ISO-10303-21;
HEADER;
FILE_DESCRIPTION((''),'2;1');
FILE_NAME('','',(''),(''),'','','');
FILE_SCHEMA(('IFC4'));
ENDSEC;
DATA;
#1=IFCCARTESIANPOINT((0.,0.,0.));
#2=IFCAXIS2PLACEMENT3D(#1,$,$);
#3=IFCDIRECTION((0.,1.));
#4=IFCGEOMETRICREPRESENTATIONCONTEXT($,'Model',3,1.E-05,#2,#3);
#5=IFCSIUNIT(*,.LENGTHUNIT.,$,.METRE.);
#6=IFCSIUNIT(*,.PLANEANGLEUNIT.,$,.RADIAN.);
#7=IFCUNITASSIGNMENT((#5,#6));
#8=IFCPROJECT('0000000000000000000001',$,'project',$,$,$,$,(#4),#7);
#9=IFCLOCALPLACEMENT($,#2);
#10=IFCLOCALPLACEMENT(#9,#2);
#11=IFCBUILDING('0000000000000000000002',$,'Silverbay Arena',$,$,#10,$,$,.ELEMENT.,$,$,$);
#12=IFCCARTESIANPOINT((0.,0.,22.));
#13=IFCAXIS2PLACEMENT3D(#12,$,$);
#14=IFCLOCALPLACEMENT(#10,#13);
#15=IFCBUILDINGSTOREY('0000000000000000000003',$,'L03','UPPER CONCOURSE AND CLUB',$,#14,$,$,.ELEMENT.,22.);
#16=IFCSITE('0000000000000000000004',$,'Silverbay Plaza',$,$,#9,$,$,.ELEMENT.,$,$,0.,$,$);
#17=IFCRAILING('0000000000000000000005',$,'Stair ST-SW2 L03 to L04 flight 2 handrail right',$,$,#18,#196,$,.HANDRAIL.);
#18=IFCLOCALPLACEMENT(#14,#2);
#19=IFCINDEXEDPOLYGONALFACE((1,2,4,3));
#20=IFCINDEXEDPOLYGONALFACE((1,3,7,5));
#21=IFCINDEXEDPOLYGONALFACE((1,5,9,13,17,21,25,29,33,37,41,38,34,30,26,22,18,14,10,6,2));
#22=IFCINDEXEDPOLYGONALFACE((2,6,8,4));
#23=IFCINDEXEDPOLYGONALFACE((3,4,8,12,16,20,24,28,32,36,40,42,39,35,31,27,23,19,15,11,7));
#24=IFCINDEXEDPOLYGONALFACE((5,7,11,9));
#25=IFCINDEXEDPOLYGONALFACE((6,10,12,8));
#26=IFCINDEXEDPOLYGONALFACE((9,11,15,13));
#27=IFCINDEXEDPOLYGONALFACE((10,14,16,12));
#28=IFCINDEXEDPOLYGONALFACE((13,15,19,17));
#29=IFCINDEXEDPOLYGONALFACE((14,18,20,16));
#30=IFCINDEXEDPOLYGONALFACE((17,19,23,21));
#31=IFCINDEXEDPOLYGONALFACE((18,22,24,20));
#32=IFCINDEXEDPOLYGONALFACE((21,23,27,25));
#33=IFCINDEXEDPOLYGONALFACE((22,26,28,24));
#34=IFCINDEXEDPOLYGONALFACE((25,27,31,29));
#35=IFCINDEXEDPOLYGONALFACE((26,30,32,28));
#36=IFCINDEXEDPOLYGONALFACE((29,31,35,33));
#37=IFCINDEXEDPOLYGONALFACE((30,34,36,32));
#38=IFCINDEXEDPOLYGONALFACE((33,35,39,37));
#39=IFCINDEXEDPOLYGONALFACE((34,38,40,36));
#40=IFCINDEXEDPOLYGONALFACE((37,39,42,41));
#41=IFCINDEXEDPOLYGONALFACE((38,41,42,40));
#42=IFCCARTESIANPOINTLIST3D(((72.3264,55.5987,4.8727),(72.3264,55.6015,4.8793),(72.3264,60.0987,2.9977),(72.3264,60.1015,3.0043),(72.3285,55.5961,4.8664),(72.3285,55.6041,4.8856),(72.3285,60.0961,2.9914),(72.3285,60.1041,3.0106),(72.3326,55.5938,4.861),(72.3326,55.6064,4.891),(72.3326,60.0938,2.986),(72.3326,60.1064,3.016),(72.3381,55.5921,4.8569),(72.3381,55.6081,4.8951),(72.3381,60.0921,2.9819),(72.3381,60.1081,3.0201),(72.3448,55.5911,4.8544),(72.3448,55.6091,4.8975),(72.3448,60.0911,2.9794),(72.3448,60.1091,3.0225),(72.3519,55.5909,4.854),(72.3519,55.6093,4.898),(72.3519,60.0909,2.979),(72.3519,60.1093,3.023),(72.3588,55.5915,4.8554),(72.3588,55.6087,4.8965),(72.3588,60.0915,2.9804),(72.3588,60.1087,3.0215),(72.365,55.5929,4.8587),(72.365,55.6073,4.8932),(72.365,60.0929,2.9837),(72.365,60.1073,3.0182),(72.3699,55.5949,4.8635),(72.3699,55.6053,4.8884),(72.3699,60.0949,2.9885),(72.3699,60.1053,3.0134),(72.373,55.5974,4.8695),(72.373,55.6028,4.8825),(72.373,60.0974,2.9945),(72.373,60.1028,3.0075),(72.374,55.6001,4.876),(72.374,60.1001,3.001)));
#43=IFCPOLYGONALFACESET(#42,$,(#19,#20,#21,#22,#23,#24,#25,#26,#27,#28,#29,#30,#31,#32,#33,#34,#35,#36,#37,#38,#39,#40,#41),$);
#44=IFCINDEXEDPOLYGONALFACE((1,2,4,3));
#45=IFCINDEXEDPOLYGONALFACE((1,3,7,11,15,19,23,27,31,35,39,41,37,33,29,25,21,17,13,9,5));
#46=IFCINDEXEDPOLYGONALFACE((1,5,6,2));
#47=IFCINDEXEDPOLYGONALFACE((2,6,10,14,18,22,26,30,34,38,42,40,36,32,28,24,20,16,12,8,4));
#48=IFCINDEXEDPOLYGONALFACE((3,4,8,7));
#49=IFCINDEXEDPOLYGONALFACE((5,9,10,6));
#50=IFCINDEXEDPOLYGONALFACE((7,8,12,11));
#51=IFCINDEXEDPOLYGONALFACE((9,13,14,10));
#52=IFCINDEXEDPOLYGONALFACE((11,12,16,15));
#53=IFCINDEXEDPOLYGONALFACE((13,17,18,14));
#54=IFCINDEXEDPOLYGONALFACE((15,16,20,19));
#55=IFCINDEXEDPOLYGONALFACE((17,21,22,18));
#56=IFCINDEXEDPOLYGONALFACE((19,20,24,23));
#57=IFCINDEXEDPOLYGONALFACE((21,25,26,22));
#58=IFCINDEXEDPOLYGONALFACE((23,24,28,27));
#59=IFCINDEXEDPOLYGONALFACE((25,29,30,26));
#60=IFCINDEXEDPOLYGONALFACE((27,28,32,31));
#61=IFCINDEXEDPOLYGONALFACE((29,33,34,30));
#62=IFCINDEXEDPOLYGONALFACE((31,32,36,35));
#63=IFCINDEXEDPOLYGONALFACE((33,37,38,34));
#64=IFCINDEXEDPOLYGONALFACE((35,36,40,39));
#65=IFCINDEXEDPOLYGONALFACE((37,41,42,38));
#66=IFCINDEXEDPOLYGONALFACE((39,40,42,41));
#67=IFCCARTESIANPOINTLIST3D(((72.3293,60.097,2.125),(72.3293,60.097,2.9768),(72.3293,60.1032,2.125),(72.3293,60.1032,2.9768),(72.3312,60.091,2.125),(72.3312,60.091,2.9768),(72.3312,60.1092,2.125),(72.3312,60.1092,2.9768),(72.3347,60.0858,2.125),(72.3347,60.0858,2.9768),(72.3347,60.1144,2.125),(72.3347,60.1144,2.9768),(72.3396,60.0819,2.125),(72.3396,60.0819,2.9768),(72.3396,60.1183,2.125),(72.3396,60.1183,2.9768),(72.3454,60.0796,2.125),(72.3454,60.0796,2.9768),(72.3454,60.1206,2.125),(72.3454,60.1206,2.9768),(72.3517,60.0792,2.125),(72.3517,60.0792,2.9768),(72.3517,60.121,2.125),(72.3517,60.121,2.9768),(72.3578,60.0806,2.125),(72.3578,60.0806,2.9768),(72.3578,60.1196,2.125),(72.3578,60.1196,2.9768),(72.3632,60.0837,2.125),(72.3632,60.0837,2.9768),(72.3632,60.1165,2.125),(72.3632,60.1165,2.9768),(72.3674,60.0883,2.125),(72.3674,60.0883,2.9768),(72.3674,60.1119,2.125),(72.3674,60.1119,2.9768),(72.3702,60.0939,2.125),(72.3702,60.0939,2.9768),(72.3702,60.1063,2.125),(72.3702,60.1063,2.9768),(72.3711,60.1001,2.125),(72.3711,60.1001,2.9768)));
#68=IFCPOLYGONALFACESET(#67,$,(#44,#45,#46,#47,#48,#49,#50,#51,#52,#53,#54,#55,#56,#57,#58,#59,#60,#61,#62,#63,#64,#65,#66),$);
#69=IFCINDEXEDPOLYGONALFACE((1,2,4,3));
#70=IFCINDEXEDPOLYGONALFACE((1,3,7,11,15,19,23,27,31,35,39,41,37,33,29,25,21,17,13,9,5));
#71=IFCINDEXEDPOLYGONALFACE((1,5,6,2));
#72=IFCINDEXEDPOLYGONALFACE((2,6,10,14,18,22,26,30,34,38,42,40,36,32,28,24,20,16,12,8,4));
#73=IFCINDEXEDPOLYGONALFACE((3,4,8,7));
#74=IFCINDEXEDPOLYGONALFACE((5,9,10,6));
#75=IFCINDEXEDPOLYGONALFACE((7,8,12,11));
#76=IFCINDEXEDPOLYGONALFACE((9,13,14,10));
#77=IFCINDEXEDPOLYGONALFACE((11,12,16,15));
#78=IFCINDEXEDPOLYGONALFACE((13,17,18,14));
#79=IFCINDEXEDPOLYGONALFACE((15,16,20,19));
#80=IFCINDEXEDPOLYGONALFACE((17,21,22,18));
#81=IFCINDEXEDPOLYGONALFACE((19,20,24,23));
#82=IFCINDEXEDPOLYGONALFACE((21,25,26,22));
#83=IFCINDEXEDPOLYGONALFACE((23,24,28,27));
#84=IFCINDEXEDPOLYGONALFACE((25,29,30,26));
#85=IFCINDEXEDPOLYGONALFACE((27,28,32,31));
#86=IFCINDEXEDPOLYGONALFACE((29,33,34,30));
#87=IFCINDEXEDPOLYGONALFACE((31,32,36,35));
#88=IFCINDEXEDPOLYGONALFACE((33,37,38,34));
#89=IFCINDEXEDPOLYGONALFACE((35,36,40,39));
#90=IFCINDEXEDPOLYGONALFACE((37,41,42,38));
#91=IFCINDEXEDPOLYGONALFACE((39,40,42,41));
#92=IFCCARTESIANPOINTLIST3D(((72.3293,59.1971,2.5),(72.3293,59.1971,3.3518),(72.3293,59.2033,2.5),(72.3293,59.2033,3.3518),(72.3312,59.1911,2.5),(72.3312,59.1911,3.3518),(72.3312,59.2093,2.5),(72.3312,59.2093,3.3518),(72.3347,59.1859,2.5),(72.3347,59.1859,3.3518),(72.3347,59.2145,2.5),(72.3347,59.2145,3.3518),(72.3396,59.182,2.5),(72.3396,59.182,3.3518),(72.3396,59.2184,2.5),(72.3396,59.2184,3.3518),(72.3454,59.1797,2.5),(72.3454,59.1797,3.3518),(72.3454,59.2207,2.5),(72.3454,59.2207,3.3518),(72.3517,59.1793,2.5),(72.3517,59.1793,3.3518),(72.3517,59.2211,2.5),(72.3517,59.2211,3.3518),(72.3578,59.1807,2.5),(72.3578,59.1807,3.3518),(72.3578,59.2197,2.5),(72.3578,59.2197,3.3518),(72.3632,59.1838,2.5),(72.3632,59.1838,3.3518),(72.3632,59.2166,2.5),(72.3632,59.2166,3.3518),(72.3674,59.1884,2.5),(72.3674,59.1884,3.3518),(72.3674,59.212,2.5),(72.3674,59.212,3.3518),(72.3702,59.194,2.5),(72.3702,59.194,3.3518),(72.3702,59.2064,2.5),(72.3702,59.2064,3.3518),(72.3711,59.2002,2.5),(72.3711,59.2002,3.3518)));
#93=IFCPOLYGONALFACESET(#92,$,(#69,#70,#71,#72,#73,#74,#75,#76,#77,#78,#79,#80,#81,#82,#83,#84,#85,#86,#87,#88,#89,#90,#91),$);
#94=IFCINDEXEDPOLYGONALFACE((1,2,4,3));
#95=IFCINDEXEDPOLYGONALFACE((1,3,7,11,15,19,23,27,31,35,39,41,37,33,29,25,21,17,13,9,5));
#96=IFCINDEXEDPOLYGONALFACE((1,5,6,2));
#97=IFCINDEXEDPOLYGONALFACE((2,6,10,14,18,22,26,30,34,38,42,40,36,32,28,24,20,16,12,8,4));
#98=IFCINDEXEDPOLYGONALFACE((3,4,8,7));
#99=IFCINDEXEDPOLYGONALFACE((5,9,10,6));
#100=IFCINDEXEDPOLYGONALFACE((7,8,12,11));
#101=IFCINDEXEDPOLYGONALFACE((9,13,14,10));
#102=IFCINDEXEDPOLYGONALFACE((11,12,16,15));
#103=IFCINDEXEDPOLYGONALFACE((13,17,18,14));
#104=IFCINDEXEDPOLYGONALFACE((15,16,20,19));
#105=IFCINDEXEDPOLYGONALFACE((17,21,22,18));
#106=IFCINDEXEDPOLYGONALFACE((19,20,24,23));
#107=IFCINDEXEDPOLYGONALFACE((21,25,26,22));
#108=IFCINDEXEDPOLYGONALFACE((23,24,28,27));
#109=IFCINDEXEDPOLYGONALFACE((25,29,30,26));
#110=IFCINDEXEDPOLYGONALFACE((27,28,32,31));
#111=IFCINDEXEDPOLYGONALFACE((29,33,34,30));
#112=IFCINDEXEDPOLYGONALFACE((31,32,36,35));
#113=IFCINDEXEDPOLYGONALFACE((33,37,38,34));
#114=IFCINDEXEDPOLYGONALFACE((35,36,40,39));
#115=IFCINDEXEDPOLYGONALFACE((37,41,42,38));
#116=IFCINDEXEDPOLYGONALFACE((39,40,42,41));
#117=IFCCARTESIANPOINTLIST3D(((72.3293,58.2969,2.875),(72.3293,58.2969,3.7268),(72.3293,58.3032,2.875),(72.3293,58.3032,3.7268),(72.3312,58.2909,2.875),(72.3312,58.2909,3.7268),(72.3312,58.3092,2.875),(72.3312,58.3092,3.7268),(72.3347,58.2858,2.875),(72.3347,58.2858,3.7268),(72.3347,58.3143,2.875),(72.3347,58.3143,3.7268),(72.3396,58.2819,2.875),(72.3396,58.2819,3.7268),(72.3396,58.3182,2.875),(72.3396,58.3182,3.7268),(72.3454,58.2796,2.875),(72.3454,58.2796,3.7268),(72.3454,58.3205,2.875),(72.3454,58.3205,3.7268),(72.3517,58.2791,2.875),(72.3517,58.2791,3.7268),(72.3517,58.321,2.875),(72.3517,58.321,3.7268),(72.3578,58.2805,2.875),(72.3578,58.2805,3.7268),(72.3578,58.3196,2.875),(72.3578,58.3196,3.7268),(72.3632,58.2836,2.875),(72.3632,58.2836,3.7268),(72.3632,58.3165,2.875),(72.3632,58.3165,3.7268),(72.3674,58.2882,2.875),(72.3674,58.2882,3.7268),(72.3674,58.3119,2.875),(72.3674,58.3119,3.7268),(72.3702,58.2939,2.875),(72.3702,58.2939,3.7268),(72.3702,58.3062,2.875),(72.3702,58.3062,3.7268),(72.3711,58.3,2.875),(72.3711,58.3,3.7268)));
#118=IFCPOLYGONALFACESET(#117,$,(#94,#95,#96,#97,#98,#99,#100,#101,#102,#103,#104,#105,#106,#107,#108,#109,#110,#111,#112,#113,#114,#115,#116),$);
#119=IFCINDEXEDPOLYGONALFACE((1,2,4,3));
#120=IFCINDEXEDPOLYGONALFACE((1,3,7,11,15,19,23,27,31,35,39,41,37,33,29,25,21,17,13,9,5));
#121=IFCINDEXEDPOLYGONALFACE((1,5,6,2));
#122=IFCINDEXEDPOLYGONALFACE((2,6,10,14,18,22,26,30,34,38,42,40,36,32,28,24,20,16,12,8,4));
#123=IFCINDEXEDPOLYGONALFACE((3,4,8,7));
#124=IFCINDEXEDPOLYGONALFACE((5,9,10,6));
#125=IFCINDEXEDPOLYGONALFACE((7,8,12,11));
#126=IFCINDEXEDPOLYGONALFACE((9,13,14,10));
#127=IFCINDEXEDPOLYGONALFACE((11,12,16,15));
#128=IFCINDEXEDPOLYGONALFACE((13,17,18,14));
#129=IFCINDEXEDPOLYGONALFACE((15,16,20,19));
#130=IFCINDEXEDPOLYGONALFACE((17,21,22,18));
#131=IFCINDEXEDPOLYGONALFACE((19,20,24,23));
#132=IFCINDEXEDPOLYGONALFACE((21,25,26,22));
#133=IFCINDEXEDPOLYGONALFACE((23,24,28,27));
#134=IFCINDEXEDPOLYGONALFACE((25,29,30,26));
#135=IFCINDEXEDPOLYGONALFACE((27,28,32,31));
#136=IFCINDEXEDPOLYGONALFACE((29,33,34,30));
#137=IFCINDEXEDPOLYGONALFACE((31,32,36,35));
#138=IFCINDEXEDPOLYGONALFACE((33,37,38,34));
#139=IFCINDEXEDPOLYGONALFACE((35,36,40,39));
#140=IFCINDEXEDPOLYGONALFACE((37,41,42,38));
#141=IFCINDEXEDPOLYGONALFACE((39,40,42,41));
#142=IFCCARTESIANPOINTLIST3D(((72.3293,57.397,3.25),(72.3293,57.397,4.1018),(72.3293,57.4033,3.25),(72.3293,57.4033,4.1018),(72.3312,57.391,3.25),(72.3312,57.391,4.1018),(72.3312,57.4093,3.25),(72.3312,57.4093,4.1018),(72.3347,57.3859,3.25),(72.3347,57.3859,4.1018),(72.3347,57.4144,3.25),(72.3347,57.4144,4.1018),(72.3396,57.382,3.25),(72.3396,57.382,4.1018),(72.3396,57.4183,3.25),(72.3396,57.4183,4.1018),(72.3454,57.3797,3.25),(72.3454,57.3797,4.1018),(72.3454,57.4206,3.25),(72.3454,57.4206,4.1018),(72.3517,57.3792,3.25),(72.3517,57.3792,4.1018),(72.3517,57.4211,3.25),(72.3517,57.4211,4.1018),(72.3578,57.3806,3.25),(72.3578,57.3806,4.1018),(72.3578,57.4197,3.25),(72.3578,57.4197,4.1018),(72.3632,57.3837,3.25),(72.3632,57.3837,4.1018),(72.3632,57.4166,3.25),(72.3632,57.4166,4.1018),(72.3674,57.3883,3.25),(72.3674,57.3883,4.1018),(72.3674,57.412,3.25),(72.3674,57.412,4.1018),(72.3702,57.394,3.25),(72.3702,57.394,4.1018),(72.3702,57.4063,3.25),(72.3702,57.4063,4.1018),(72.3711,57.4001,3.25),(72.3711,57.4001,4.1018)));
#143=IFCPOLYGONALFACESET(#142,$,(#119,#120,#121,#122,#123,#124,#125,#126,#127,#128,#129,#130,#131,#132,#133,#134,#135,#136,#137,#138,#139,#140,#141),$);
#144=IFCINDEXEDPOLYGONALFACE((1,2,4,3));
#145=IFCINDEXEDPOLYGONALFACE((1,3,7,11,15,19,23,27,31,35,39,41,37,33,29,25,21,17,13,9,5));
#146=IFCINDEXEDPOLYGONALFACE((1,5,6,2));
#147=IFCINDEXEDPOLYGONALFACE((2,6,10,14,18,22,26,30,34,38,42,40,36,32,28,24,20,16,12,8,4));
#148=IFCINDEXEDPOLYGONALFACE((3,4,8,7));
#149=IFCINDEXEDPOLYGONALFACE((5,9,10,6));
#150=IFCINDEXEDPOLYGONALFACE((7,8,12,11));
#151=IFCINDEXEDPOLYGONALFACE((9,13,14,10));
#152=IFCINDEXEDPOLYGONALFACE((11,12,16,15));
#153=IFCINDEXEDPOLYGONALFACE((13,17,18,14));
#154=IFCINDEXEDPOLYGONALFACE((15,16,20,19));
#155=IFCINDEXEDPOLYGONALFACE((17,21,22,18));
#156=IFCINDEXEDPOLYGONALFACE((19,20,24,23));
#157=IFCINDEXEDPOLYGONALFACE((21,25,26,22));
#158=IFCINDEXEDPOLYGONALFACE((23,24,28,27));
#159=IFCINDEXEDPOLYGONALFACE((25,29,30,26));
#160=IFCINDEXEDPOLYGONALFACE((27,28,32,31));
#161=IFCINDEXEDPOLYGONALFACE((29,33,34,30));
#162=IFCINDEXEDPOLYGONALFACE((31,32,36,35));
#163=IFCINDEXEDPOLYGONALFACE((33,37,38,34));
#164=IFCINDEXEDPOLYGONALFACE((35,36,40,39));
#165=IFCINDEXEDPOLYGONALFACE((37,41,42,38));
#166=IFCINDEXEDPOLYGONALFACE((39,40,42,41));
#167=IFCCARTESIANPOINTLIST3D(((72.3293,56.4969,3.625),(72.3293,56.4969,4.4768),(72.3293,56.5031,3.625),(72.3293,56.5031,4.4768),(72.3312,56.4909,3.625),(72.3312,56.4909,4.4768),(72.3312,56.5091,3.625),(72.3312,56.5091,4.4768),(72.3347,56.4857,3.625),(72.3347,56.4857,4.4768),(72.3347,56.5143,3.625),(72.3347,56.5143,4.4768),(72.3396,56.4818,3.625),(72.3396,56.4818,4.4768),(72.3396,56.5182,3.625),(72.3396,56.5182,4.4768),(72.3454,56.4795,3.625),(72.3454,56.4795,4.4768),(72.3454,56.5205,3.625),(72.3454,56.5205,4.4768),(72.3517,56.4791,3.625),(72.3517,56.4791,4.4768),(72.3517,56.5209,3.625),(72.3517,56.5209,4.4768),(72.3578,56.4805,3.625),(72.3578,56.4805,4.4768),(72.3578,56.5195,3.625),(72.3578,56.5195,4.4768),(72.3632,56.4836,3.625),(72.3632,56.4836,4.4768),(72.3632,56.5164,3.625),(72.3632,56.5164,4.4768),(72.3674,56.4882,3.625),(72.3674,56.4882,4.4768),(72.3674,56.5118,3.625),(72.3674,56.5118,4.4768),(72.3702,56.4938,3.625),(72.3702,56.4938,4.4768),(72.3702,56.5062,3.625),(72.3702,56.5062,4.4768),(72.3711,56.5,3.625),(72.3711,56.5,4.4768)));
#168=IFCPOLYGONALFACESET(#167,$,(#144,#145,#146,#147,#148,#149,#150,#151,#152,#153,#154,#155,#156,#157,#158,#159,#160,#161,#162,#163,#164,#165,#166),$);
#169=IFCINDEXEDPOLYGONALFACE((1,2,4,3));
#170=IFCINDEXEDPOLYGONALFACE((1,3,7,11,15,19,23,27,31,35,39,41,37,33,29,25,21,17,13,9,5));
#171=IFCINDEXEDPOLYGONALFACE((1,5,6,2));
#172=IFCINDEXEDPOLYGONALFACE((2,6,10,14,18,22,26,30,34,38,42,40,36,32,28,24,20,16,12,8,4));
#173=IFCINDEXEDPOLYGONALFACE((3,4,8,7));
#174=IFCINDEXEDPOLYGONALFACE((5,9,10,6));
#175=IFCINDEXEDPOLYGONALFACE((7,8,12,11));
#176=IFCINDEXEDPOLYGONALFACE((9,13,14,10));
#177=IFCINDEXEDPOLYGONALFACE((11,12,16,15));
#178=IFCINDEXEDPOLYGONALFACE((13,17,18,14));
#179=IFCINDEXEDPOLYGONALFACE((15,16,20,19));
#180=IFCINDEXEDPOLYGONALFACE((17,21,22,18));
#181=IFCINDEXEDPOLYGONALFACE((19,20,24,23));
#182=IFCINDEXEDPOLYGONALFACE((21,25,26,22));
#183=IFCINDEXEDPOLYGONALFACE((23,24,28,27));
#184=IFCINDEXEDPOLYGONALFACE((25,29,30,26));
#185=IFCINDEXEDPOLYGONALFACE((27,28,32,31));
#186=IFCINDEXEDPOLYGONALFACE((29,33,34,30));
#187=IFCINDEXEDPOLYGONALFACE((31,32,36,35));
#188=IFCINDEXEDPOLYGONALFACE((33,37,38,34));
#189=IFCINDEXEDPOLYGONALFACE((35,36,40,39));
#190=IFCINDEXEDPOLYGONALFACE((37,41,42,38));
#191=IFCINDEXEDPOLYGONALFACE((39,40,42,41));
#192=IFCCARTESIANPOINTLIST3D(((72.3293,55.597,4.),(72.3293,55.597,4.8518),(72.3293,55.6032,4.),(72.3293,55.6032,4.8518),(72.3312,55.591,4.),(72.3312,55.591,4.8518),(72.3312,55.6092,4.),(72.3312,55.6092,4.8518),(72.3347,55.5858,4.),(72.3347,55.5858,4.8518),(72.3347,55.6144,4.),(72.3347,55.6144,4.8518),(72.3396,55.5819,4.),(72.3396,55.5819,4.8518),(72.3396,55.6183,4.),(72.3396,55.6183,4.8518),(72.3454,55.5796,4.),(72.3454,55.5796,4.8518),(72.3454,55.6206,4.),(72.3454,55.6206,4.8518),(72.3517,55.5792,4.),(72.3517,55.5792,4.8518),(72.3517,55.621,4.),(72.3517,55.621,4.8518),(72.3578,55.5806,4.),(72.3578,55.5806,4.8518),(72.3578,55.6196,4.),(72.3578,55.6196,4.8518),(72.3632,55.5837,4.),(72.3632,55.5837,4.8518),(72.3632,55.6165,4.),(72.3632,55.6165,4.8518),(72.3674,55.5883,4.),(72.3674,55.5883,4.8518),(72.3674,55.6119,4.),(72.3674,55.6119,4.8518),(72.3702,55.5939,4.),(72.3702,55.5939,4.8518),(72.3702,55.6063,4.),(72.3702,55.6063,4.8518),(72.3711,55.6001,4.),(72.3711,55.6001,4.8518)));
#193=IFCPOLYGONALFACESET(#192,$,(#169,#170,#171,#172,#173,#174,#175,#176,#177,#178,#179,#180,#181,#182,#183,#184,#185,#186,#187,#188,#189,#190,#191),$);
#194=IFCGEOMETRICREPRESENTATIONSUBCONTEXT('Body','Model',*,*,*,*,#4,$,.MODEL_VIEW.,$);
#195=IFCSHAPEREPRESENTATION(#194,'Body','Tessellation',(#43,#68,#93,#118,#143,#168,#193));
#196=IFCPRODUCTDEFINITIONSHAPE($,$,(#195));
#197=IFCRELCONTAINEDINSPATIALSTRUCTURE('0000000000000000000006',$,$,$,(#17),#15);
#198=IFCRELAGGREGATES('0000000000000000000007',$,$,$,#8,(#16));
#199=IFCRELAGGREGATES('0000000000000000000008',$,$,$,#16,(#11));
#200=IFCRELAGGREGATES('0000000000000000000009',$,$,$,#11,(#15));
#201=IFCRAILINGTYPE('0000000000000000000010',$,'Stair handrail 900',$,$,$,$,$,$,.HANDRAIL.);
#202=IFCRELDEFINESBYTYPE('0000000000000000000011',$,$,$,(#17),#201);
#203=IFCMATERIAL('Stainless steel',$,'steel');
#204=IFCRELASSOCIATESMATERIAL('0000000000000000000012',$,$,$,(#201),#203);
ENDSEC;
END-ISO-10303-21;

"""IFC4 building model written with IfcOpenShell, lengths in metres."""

from ifc_helpers import new_model, si_unit, direction, frame, origin, origin_2d, place, context, subcontext, project, spatial, circle, extrude, material, type_object, element, save


model = new_model("IFC4")

# Units and contexts
model_context = context("Model", 3, precision=1e-05, world=origin(), true_north=direction((0.0, 1.0)))
body_context = subcontext(model_context, "Body", "Model", "MODEL_VIEW")
ifc_project = project(units=[si_unit("LENGTHUNIT", "METRE"), si_unit("PLANEANGLEUNIT", "RADIAN")], contexts=[model_context])

# Site, building, storey
site_placement = place(None, origin())
site = spatial("IfcSite", under=ifc_project, at=site_placement, Name="Silverbay Plaza", CompositionType="ELEMENT", RefElevation=0.0)
building_placement = place(site_placement, origin())
building = spatial("IfcBuilding", under=site, at=building_placement, Name="Silverbay Arena", CompositionType="ELEMENT")
storey_placement = place(building_placement, frame((0.0, 0.0, 22.0)))
storey = spatial("IfcBuildingStorey", under=building, at=storey_placement, Name="L03", Description="UPPER CONCOURSE AND CLUB", CompositionType="ELEMENT", Elevation=22.0)

# Railing
ifc_material_1 = material(Name="Stainless steel", Category="steel")
railing_type_1 = type_object("IfcRailingType", Name="Stair handrail 900", PredefinedType="HANDRAIL", material=ifc_material_1)
railing_1_placement = place(storey_placement, frame((72.3501, 60.1001, 2.125)))
element("IfcRailing", 1, at=railing_1_placement, inside=storey, type_object=railing_type_1, Name="Stair ST-SW2 L03 to L04 flight 2 handrail right", PredefinedType="HANDRAIL", context=body_context, shape_type="SweptSolid", body=[
    extrude(circle(Radius=0.0239, at=origin_2d()), frame((0.0, 0.0, 0.876), z_axis=(0.0, -0.923077, 0.384615), x_axis=(1.0, 0.0, 0.0)), (0.0, 0.0, 1.0), 4.875),
    extrude(circle(Radius=0.021, at=origin_2d()), origin(), (0.0, 0.0, 1.0), 0.8518),
    extrude(circle(Radius=0.021, at=origin_2d()), frame((0.0, -0.8999, 0.375)), (0.0, 0.0, 1.0), 0.8518),
    extrude(circle(Radius=0.021, at=origin_2d()), frame((0.0, -1.8, 0.75)), (0.0, 0.0, 1.0), 0.8518),
    extrude(circle(Radius=0.021, at=origin_2d()), frame((0.0, -2.7, 1.125)), (0.0, 0.0, 1.0), 0.8518),
    extrude(circle(Radius=0.021, at=origin_2d()), frame((0.0, -3.6001, 1.5)), (0.0, 0.0, 1.0), 0.8518),
    extrude(circle(Radius=0.021, at=origin_2d()), frame((0.0, -4.5, 1.875)), (0.0, 0.0, 1.0), 0.8518),
])

save(model, "model.ifc")
